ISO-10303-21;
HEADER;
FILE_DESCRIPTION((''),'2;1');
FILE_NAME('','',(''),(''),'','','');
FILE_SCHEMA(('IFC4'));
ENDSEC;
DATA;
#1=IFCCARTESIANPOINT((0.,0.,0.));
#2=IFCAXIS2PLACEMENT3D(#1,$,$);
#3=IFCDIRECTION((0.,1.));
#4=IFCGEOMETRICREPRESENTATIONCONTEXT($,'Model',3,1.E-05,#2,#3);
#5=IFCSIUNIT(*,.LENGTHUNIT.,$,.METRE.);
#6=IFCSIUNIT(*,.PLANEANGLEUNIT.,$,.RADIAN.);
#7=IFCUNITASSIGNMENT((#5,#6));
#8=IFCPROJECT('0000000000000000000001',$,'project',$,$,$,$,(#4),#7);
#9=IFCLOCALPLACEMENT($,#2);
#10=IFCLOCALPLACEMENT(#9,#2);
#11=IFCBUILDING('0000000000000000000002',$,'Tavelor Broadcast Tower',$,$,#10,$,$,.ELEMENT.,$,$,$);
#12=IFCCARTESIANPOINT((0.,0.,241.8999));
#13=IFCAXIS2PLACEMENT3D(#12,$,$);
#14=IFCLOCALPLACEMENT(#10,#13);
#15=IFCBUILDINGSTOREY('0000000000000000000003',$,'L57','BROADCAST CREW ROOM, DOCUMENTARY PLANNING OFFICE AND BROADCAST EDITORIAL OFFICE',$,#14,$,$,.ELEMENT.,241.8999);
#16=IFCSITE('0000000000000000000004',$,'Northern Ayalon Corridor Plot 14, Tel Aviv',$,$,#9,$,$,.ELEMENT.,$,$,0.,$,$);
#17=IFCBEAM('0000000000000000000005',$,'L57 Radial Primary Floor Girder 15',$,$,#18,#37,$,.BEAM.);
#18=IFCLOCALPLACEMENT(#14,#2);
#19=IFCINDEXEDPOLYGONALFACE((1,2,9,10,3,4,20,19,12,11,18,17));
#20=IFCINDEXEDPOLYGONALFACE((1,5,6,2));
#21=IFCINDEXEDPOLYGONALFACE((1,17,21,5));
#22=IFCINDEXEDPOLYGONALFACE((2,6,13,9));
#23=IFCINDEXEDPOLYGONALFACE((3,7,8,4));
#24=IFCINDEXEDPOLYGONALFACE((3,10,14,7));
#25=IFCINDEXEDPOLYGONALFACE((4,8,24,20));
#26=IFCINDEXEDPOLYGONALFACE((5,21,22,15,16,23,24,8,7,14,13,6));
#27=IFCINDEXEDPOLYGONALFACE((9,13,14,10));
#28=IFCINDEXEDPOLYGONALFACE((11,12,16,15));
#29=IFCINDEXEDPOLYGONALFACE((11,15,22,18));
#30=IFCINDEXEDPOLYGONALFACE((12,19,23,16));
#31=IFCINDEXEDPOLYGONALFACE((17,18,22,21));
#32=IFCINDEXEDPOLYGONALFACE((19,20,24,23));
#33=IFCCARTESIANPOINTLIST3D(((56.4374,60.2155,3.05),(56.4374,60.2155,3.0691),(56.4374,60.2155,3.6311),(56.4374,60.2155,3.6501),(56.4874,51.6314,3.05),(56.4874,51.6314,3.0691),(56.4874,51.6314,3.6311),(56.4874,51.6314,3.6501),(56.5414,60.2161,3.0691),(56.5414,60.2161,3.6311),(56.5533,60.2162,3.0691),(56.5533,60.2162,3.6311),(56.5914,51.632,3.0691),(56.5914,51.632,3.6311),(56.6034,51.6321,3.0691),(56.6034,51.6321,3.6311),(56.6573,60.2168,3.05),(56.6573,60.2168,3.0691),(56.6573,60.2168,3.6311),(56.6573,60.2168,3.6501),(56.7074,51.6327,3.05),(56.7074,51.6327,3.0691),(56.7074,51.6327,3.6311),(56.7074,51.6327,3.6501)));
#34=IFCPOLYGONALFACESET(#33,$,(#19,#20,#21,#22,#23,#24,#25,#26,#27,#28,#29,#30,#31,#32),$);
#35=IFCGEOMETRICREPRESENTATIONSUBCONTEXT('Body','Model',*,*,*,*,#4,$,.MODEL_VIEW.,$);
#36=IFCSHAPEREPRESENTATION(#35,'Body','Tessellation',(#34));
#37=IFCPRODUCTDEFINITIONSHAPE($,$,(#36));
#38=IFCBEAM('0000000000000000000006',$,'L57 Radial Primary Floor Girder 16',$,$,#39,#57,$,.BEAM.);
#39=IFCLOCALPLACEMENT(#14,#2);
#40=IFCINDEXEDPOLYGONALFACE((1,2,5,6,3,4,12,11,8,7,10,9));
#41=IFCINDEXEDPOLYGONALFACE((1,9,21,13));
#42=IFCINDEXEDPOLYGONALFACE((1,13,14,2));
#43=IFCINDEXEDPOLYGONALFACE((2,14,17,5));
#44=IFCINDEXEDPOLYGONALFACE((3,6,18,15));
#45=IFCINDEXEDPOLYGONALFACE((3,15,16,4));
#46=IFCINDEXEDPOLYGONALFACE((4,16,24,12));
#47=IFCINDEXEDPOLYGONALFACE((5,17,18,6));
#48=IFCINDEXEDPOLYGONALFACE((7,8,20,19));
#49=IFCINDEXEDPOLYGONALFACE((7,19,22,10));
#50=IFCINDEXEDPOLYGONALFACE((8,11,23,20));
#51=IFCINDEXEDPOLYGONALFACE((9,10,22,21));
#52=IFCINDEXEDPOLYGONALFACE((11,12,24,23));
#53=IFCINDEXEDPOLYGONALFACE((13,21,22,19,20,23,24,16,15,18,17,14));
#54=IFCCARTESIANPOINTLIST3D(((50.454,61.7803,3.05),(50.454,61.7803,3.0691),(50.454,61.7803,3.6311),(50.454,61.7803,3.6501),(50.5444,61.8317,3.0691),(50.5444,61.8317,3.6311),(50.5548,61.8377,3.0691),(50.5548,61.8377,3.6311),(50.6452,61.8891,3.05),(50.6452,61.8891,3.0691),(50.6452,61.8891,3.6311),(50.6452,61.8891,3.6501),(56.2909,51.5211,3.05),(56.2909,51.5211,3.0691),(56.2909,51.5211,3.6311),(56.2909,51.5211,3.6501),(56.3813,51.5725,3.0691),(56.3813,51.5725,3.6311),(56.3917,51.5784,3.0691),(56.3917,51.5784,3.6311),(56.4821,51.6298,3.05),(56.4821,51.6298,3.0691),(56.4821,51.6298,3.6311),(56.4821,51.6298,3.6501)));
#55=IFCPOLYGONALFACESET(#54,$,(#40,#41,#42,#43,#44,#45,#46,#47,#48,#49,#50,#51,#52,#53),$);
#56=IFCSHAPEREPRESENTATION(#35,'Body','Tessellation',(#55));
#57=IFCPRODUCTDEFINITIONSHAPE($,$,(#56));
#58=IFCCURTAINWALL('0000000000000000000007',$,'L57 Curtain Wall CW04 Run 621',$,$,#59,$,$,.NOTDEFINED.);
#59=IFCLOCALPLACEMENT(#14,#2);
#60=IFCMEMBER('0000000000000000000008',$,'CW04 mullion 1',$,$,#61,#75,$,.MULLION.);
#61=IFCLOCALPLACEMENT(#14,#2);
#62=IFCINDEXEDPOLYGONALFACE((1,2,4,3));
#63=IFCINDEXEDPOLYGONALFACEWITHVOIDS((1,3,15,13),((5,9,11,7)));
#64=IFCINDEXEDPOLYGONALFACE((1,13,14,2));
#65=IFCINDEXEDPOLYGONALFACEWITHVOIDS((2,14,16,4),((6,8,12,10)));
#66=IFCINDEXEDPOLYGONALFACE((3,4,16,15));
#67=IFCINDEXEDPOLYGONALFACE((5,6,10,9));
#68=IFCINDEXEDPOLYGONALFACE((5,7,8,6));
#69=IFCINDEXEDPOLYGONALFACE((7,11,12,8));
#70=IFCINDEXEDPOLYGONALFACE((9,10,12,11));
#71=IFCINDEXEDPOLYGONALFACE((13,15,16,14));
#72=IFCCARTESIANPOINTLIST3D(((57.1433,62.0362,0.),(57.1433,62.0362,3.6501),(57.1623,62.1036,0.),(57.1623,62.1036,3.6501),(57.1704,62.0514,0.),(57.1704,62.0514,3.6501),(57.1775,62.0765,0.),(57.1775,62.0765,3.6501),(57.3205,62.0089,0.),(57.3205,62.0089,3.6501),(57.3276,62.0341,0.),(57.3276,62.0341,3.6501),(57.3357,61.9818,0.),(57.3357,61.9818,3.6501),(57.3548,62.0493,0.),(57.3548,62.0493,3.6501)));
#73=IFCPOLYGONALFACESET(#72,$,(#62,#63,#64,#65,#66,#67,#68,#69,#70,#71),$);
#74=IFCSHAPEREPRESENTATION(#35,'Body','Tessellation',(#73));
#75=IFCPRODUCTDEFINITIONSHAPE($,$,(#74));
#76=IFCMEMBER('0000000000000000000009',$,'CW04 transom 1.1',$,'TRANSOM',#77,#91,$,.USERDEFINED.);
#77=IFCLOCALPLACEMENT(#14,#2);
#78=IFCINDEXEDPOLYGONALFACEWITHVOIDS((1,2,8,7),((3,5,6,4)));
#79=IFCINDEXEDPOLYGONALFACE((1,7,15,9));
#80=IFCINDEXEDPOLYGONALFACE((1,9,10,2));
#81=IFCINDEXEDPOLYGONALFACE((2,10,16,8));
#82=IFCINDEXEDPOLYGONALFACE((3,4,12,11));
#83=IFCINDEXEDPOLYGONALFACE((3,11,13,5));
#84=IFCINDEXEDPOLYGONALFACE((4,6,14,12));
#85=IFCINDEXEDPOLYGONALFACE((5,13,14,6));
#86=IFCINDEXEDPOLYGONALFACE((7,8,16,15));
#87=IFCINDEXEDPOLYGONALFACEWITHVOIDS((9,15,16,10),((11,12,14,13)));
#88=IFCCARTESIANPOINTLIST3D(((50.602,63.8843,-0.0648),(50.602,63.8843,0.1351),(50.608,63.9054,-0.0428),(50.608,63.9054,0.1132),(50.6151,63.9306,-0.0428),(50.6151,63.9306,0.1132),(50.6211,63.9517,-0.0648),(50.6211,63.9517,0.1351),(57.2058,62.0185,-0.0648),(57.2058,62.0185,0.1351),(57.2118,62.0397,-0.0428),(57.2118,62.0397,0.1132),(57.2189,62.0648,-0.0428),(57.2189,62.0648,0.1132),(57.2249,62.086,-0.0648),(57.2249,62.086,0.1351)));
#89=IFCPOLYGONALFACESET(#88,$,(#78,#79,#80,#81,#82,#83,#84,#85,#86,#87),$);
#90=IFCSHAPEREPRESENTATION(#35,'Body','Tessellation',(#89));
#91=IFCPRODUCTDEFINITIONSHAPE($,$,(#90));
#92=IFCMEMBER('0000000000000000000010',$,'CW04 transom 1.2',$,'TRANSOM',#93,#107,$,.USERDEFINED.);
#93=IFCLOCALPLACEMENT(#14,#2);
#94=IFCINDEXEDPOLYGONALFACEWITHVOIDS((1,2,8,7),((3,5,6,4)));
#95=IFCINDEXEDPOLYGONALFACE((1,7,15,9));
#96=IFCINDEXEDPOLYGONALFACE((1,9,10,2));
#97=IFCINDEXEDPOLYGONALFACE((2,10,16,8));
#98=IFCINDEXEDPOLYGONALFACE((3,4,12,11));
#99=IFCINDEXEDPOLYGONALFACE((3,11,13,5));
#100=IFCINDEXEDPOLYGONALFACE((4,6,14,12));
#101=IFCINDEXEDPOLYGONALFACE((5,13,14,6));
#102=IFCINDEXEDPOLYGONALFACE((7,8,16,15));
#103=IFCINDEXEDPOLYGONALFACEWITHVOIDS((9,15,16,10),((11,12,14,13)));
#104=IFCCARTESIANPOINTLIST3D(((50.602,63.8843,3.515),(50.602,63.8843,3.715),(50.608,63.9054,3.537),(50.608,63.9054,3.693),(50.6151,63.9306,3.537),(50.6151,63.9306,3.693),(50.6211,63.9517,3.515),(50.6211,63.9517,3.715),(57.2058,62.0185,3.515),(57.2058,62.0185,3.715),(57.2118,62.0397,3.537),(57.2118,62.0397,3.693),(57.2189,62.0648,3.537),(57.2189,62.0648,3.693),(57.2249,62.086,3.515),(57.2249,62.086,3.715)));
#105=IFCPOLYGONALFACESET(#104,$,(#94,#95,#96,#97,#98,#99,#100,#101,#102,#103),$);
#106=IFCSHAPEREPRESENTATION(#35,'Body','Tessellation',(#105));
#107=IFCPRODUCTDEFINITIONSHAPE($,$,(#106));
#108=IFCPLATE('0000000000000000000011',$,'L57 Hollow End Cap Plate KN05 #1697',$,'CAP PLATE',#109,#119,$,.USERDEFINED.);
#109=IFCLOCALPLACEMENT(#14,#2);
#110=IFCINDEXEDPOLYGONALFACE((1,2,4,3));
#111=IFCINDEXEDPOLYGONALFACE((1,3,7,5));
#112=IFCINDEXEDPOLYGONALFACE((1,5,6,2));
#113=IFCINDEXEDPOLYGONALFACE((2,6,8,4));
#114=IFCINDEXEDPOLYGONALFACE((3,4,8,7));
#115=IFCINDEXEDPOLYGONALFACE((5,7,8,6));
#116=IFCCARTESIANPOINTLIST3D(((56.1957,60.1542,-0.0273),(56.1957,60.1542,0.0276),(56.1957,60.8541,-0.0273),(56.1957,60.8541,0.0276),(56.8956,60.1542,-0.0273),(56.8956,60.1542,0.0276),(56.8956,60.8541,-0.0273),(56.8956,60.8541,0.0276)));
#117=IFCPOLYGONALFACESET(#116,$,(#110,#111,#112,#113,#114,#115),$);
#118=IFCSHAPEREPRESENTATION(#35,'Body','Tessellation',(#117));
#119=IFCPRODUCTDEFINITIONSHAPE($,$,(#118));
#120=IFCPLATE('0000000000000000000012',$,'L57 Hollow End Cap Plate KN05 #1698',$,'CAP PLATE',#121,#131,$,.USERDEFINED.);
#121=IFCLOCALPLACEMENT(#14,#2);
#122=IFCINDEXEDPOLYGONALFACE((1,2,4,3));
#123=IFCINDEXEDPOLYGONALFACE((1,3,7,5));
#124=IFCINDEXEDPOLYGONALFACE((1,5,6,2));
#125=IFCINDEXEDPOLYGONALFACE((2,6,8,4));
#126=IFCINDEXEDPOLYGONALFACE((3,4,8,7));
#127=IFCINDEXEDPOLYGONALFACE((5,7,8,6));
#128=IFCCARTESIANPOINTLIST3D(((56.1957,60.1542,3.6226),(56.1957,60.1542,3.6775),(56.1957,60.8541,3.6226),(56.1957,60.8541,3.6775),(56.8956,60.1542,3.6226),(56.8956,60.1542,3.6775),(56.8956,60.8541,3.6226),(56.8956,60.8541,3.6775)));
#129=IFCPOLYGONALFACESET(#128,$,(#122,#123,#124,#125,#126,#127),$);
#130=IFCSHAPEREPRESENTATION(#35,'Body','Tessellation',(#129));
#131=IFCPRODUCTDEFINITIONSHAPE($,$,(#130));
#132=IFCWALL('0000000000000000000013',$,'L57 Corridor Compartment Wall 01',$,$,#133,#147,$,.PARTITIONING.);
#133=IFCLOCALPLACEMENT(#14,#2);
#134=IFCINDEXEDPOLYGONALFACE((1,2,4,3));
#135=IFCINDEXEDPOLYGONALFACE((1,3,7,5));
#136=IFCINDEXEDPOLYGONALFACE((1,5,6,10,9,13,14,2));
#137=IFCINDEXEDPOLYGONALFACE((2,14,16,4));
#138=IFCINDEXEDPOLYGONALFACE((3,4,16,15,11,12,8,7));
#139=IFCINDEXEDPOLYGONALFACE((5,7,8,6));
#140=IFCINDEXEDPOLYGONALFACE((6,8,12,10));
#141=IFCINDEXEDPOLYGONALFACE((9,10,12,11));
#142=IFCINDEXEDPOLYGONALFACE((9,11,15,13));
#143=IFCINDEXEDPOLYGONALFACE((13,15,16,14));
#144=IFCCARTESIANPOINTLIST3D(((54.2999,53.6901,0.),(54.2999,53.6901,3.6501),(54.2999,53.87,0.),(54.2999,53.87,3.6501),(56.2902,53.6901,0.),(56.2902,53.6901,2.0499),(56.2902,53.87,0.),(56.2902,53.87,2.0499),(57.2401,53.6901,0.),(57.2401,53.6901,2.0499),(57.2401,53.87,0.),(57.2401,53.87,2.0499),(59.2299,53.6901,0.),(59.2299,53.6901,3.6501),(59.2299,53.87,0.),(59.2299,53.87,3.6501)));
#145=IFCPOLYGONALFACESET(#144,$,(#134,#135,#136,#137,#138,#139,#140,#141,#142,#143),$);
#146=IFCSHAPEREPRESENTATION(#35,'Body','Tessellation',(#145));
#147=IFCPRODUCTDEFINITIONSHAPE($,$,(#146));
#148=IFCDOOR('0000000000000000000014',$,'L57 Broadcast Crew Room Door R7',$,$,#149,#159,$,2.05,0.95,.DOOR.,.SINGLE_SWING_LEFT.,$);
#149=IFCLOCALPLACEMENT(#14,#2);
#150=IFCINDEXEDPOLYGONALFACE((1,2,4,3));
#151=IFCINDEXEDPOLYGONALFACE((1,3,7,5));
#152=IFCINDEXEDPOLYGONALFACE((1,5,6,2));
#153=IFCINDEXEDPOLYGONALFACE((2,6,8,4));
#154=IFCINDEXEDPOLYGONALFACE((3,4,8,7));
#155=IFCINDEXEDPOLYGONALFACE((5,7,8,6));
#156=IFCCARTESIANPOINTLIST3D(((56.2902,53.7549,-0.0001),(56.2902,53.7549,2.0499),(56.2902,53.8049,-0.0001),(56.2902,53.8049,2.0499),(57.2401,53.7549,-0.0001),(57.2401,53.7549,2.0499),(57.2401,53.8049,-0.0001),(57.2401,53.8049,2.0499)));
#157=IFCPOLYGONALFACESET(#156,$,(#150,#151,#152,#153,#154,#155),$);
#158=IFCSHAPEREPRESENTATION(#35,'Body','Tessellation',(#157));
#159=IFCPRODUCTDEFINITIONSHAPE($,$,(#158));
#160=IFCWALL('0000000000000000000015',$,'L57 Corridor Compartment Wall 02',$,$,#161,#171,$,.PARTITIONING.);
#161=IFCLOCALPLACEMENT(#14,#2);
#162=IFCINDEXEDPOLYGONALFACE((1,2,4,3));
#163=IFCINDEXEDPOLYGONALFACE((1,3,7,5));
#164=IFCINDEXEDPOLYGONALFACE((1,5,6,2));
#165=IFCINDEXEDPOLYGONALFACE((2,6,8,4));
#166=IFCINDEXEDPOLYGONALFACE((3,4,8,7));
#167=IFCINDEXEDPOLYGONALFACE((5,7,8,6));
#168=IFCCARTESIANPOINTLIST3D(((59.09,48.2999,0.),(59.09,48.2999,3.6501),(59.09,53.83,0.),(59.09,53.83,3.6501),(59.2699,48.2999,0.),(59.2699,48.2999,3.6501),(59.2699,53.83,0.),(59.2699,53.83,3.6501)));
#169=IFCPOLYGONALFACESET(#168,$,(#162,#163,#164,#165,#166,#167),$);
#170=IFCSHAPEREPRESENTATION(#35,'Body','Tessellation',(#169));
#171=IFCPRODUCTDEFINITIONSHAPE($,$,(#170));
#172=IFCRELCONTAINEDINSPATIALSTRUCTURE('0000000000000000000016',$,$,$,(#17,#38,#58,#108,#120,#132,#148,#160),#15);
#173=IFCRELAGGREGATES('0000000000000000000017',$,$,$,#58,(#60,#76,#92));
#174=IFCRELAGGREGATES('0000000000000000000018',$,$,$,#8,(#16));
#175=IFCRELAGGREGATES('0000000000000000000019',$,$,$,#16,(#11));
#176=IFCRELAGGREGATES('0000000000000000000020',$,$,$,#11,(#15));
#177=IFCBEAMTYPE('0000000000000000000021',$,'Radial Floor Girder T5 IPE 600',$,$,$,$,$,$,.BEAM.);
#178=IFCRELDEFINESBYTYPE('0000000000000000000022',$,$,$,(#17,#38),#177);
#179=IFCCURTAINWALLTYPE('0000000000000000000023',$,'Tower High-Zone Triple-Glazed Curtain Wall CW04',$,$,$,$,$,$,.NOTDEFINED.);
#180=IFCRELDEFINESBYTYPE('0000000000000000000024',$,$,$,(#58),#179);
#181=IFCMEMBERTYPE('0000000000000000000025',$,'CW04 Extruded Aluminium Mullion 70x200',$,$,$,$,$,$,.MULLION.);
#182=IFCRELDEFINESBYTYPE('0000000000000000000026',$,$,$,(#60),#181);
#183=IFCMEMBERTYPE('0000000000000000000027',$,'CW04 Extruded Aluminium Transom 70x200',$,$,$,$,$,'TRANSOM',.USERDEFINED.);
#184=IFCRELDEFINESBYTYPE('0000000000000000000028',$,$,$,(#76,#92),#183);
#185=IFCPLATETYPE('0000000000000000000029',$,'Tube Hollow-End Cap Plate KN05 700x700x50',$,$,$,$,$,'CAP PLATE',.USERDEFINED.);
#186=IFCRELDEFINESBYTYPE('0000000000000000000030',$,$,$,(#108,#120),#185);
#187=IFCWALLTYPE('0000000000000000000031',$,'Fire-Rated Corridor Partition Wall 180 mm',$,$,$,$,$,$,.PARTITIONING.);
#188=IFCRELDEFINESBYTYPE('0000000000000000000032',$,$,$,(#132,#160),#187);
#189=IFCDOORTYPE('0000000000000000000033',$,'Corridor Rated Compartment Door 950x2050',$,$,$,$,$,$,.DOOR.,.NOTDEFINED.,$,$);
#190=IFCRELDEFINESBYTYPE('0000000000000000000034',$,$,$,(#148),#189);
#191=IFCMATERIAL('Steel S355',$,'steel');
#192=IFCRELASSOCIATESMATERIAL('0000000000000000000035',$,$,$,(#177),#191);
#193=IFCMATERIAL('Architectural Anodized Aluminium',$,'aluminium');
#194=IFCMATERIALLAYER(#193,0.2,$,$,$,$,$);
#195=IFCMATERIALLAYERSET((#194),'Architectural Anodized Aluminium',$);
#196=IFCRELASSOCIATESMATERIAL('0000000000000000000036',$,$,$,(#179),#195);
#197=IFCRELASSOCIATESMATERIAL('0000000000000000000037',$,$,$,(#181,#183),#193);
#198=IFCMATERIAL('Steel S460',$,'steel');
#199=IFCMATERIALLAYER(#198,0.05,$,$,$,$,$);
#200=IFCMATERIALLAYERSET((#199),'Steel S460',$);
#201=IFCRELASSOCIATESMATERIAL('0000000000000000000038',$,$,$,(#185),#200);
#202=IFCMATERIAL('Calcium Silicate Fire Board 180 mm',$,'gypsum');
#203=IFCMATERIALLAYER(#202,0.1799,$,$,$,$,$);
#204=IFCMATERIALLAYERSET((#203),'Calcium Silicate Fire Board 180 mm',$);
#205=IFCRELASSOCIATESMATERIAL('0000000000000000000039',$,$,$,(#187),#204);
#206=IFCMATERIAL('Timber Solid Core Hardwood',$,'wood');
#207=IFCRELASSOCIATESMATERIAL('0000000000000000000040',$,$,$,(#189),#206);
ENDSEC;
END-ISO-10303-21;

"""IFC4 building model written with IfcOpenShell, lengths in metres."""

from ifc_helpers import new_model, si_unit, direction, frame, frame_2d, origin, origin_2d, place, context, subcontext, project, spatial, rectangle, hollow_rectangle, i_section, extrude, source, transform, mapped, material, layer, layer_set, material_profile, profile_set, type_object, type_shapes, element, fill, aggregate, save


model = new_model("IFC4")

# Units and contexts
model_context = context("Model", 3, precision=1e-05, world=origin(), true_north=direction((0.0, 1.0)))
body_context = subcontext(model_context, "Body", "Model", "MODEL_VIEW")
ifc_project = project(units=[si_unit("LENGTHUNIT", "METRE"), si_unit("PLANEANGLEUNIT", "RADIAN")], contexts=[model_context])

# Site, building, storey
site_placement = place(None, origin())
site = spatial("IfcSite", under=ifc_project, at=site_placement, Name="Northern Ayalon Corridor Plot 14, Tel Aviv", CompositionType="ELEMENT", RefElevation=0.0)
building_placement = place(site_placement, origin())
building = spatial("IfcBuilding", under=site, at=building_placement, Name="Tavelor Broadcast Tower", CompositionType="ELEMENT")
storey_placement = place(building_placement, frame((0.0, 0.0, 241.8999)))
storey = spatial("IfcBuildingStorey", under=building, at=storey_placement, Name="L57", Description="BROADCAST CREW ROOM, DOCUMENTARY PLANNING OFFICE AND BROADCAST EDITORIAL OFFICE", CompositionType="ELEMENT", Elevation=241.8999)

# Shared definitions
ifc_material_1 = material(Name="Steel S460", Category="steel")

# Beams
ifc_material_2 = material(Name="Steel S355", Category="steel")
ifc_material_profile_1 = material_profile(ifc_material_2, i_section(OverallWidth=0.22, OverallDepth=0.6001, WebThickness=0.012, FlangeThickness=0.019, at=origin_2d()), Name="IPE 600")
ifc_profile_set_1 = profile_set([ifc_material_profile_1], Name="Steel S355")
beam_type_1 = type_object("IfcBeamType", Name="Radial Floor Girder T5 IPE 600", PredefinedType="BEAM", material=ifc_profile_set_1)
beam_1_placement = place(storey_placement, frame((56.5974, 51.6321, 3.3501), z_axis=(-0.00583, 0.999983, 0.0), x_axis=(-0.999983, -0.00583, 0.0)))
element("IfcBeam", 1, at=beam_1_placement, inside=storey, type_object=beam_type_1, Name="L57 Radial Primary Floor Girder 15", PredefinedType="BEAM", context=body_context, shape_type="SweptSolid", body=[
    extrude(i_section(OverallWidth=0.22, OverallDepth=0.6001, WebThickness=0.012, FlangeThickness=0.019, at=origin_2d()), origin(), (0.0, 0.0, 1.0), 8.5842),
])
beam_2_placement = place(storey_placement, frame((56.3865, 51.5754, 3.3501), z_axis=(-0.494508, 0.869173, 0.0), x_axis=(-0.869173, -0.494508, 0.0)))
element("IfcBeam", 2, at=beam_2_placement, inside=storey, type_object=beam_type_1, Name="L57 Radial Primary Floor Girder 16", PredefinedType="BEAM", context=body_context, shape_type="SweptSolid", body=[
    extrude(i_section(OverallWidth=0.22, OverallDepth=0.6001, WebThickness=0.012, FlangeThickness=0.019, at=origin_2d()), origin(), (0.0, 0.0, 1.0), 11.8035),
])

# Curtain wall, members
ifc_material_3 = material(Name="Architectural Anodized Aluminium", Category="aluminium")
ifc_layer_1 = layer(ifc_material_3, 0.2)
ifc_layer_set_1 = layer_set([ifc_layer_1], Name="Architectural Anodized Aluminium")
curtain_wall_type = type_object("IfcCurtainWallType", Name="Tower High-Zone Triple-Glazed Curtain Wall CW04", PredefinedType="NOTDEFINED", material=ifc_layer_set_1)
curtain_wall_placement = place(storey_placement, origin())
curtain_wall = element("IfcCurtainWall", 3, at=curtain_wall_placement, inside=storey, type_object=curtain_wall_type, Name="L57 Curtain Wall CW04 Run 621", PredefinedType="NOTDEFINED")
ifc_material_profile_2 = material_profile(ifc_material_3, hollow_rectangle(XDim=0.0701, YDim=0.2, WallThickness=0.022, at=origin_2d()), Name="RHS 70x200x22")
ifc_profile_set_2 = profile_set([ifc_material_profile_2], Name="Architectural Anodized Aluminium")
member_type_1 = type_object("IfcMemberType", Name="CW04 Extruded Aluminium Mullion 70x200", PredefinedType="MULLION", material=ifc_profile_set_2)
shared_shape_1 = source(origin(), body_context, "Body", "SweptSolid", [
    extrude(hollow_rectangle(XDim=0.0701, YDim=0.2, WallThickness=0.022, at=origin_2d()), origin(), (0.0, 0.0, 1.0), 3.6501),
])
type_shapes(member_type_1, [shared_shape_1])
member_1_placement = place(storey_placement, frame((57.249, 62.0427, 0.0), z_axis=(0.0, 0.0, 1.0), x_axis=(-0.271874, -0.962333, 0.0)))
member_1 = element("IfcMember", 4, at=member_1_placement, type_object=member_type_1, Name="CW04 mullion 1", PredefinedType="MULLION", context=body_context, shape_type="MappedRepresentation", body=[
    mapped(shared_shape_1, transform((0.0, 0.0, 0.0), scale=1.0)),
])
ifc_material_profile_3 = material_profile(ifc_material_3, hollow_rectangle(XDim=0.0701, YDim=0.2, WallThickness=0.022, at=origin_2d()), Name="RHS 70x200x22")
ifc_profile_set_3 = profile_set([ifc_material_profile_3], Name="Architectural Anodized Aluminium")
member_type_2 = type_object("IfcMemberType", Name="CW04 Extruded Aluminium Transom 70x200", ElementType="TRANSOM", PredefinedType="USERDEFINED", material=ifc_profile_set_3)
shared_shape_2 = source(origin(), body_context, "Body", "SweptSolid", [
    extrude(hollow_rectangle(XDim=0.0701, YDim=0.2, WallThickness=0.022, at=origin_2d()), origin(), (0.0, 0.0, 1.0), 6.8623),
])
type_shapes(member_type_2, [shared_shape_2])
member_2_placement = place(storey_placement, frame((57.2153, 62.0522, 0.0352), z_axis=(-0.962331, 0.271882, 0.0), x_axis=(-0.271882, -0.962331, 0.0)))
member_2 = element("IfcMember", 5, at=member_2_placement, type_object=member_type_2, Name="CW04 transom 1.1", ObjectType="TRANSOM", PredefinedType="USERDEFINED", context=body_context, shape_type="MappedRepresentation", body=[
    mapped(shared_shape_2, transform((0.0, 0.0, 0.0), scale=1.0)),
])
member_3_placement = place(storey_placement, frame((57.2153, 62.0522, 3.615), z_axis=(-0.962331, 0.271882, 0.0), x_axis=(-0.271882, -0.962331, 0.0)))
member_3 = element("IfcMember", 6, at=member_3_placement, type_object=member_type_2, Name="CW04 transom 1.2", ObjectType="TRANSOM", PredefinedType="USERDEFINED", context=body_context, shape_type="MappedRepresentation", body=[
    mapped(shared_shape_2, transform((0.0, 0.0, 0.0), scale=1.0)),
])
aggregate(curtain_wall, [member_1, member_2, member_3])

# Plates
ifc_layer_2 = layer(ifc_material_1, 0.05)
ifc_layer_set_2 = layer_set([ifc_layer_2], Name="Steel S460")
plate_type = type_object("IfcPlateType", Name="Tube Hollow-End Cap Plate KN05 700x700x50", ElementType="CAP PLATE", PredefinedType="USERDEFINED", material=ifc_layer_set_2)
shared_shape_3 = source(origin(), body_context, "Body", "SweptSolid", [
    extrude(rectangle(XDim=0.7, YDim=0.7, at=origin_2d()), origin(), (0.0, 0.0, 1.0), 0.0549),
])
type_shapes(plate_type, [shared_shape_3])
for number, where, z_axis, x_axis, name in (
    (7, (56.5457, 60.5042, -0.0273), (0.0, 0.0, 1.0), (1.0, 0.0, 0.0), "L57 Hollow End Cap Plate KN05 #1697"),
    (8, (56.5457, 60.5042, 3.6226), (0.0, 0.0, 1.0), (1.0, 0.0, 0.0), "L57 Hollow End Cap Plate KN05 #1698"),
):
    element("IfcPlate", number, at=place(storey_placement, frame(where, z_axis=z_axis, x_axis=x_axis)), inside=storey, type_object=plate_type, Name=name, ObjectType="CAP PLATE", PredefinedType="USERDEFINED", context=body_context, shape_type="MappedRepresentation", body=[
        mapped(shared_shape_3, transform((0.0, 0.0, 0.0), scale=1.0)),
    ])

# Wall, opening, door
ifc_material_4 = material(Name="Calcium Silicate Fire Board 180 mm", Category="gypsum")
ifc_layer_3 = layer(ifc_material_4, 0.1799)
ifc_layer_set_3 = layer_set([ifc_layer_3], Name="Calcium Silicate Fire Board 180 mm")
wall_type_1 = type_object("IfcWallType", Name="Fire-Rated Corridor Partition Wall 180 mm", PredefinedType="PARTITIONING", material=ifc_layer_set_3)
wall_1_placement = place(storey_placement, frame((54.3, 53.78, 0.0), z_axis=(0.0, 0.0, 1.0), x_axis=(1.0, 0.0, 0.0)))
wall_1 = element("IfcWall", 9, at=wall_1_placement, inside=storey, type_object=wall_type_1, Name="L57 Corridor Compartment Wall 01", PredefinedType="PARTITIONING", context=body_context, shape_type="SweptSolid", body=[
    extrude(rectangle(XDim=4.9299, YDim=0.1799, at=frame_2d((2.4648, 0.0))), origin(), (0.0, 0.0, 1.0), 3.6501),
])
opening_placement = place(wall_1_placement, frame((1.99, 0.0, 0.0)))
opening = element("IfcOpeningElement", 10, at=opening_placement, cuts=wall_1, PredefinedType="OPENING", context=body_context, shape_type="SweptSolid", body=[
    extrude(rectangle(XDim=0.95, YDim=2.05, at=frame_2d((0.4751, 1.0249))), frame((0.0, 0.1001, 0.0), z_axis=(0.0, -1.0, 0.0), x_axis=(1.0, 0.0, 0.0)), (0.0, 0.0, 1.0), 0.2),
])
ifc_material_5 = material(Name="Timber Solid Core Hardwood", Category="wood")
door_type = type_object("IfcDoorType", Name="Corridor Rated Compartment Door 950x2050", OperationType="NOTDEFINED", PredefinedType="DOOR", material=ifc_material_5)
door_placement = place(opening_placement, origin())
door = element("IfcDoor", 11, at=door_placement, inside=storey, type_object=door_type, Name="L57 Broadcast Crew Room Door R7", OperationType="SINGLE_SWING_LEFT", OverallHeight=2.05, OverallWidth=0.95, PredefinedType="DOOR", context=body_context, shape_type="SweptSolid", body=[
    extrude(rectangle(XDim=0.95, YDim=2.05, at=frame_2d((0.4751, 1.0249))), frame((0.0, 0.0249, 0.0), z_axis=(0.0, -1.0, 0.0), x_axis=(1.0, 0.0, 0.0)), (0.0, 0.0, 1.0), 0.05),
])
fill(opening, door)

# Wall
wall_2_placement = place(storey_placement, frame((59.1799, 53.8301, 0.0), z_axis=(0.0, 0.0, 1.0), x_axis=(0.0, -1.0, 0.0)))
element("IfcWall", 12, at=wall_2_placement, inside=storey, type_object=wall_type_1, Name="L57 Corridor Compartment Wall 02", PredefinedType="PARTITIONING", context=body_context, shape_type="SweptSolid", body=[
    extrude(rectangle(XDim=5.53, YDim=0.1799, at=frame_2d((2.7651, 0.0))), origin(), (0.0, 0.0, 1.0), 3.6501),
])

save(model, "model.ifc")
